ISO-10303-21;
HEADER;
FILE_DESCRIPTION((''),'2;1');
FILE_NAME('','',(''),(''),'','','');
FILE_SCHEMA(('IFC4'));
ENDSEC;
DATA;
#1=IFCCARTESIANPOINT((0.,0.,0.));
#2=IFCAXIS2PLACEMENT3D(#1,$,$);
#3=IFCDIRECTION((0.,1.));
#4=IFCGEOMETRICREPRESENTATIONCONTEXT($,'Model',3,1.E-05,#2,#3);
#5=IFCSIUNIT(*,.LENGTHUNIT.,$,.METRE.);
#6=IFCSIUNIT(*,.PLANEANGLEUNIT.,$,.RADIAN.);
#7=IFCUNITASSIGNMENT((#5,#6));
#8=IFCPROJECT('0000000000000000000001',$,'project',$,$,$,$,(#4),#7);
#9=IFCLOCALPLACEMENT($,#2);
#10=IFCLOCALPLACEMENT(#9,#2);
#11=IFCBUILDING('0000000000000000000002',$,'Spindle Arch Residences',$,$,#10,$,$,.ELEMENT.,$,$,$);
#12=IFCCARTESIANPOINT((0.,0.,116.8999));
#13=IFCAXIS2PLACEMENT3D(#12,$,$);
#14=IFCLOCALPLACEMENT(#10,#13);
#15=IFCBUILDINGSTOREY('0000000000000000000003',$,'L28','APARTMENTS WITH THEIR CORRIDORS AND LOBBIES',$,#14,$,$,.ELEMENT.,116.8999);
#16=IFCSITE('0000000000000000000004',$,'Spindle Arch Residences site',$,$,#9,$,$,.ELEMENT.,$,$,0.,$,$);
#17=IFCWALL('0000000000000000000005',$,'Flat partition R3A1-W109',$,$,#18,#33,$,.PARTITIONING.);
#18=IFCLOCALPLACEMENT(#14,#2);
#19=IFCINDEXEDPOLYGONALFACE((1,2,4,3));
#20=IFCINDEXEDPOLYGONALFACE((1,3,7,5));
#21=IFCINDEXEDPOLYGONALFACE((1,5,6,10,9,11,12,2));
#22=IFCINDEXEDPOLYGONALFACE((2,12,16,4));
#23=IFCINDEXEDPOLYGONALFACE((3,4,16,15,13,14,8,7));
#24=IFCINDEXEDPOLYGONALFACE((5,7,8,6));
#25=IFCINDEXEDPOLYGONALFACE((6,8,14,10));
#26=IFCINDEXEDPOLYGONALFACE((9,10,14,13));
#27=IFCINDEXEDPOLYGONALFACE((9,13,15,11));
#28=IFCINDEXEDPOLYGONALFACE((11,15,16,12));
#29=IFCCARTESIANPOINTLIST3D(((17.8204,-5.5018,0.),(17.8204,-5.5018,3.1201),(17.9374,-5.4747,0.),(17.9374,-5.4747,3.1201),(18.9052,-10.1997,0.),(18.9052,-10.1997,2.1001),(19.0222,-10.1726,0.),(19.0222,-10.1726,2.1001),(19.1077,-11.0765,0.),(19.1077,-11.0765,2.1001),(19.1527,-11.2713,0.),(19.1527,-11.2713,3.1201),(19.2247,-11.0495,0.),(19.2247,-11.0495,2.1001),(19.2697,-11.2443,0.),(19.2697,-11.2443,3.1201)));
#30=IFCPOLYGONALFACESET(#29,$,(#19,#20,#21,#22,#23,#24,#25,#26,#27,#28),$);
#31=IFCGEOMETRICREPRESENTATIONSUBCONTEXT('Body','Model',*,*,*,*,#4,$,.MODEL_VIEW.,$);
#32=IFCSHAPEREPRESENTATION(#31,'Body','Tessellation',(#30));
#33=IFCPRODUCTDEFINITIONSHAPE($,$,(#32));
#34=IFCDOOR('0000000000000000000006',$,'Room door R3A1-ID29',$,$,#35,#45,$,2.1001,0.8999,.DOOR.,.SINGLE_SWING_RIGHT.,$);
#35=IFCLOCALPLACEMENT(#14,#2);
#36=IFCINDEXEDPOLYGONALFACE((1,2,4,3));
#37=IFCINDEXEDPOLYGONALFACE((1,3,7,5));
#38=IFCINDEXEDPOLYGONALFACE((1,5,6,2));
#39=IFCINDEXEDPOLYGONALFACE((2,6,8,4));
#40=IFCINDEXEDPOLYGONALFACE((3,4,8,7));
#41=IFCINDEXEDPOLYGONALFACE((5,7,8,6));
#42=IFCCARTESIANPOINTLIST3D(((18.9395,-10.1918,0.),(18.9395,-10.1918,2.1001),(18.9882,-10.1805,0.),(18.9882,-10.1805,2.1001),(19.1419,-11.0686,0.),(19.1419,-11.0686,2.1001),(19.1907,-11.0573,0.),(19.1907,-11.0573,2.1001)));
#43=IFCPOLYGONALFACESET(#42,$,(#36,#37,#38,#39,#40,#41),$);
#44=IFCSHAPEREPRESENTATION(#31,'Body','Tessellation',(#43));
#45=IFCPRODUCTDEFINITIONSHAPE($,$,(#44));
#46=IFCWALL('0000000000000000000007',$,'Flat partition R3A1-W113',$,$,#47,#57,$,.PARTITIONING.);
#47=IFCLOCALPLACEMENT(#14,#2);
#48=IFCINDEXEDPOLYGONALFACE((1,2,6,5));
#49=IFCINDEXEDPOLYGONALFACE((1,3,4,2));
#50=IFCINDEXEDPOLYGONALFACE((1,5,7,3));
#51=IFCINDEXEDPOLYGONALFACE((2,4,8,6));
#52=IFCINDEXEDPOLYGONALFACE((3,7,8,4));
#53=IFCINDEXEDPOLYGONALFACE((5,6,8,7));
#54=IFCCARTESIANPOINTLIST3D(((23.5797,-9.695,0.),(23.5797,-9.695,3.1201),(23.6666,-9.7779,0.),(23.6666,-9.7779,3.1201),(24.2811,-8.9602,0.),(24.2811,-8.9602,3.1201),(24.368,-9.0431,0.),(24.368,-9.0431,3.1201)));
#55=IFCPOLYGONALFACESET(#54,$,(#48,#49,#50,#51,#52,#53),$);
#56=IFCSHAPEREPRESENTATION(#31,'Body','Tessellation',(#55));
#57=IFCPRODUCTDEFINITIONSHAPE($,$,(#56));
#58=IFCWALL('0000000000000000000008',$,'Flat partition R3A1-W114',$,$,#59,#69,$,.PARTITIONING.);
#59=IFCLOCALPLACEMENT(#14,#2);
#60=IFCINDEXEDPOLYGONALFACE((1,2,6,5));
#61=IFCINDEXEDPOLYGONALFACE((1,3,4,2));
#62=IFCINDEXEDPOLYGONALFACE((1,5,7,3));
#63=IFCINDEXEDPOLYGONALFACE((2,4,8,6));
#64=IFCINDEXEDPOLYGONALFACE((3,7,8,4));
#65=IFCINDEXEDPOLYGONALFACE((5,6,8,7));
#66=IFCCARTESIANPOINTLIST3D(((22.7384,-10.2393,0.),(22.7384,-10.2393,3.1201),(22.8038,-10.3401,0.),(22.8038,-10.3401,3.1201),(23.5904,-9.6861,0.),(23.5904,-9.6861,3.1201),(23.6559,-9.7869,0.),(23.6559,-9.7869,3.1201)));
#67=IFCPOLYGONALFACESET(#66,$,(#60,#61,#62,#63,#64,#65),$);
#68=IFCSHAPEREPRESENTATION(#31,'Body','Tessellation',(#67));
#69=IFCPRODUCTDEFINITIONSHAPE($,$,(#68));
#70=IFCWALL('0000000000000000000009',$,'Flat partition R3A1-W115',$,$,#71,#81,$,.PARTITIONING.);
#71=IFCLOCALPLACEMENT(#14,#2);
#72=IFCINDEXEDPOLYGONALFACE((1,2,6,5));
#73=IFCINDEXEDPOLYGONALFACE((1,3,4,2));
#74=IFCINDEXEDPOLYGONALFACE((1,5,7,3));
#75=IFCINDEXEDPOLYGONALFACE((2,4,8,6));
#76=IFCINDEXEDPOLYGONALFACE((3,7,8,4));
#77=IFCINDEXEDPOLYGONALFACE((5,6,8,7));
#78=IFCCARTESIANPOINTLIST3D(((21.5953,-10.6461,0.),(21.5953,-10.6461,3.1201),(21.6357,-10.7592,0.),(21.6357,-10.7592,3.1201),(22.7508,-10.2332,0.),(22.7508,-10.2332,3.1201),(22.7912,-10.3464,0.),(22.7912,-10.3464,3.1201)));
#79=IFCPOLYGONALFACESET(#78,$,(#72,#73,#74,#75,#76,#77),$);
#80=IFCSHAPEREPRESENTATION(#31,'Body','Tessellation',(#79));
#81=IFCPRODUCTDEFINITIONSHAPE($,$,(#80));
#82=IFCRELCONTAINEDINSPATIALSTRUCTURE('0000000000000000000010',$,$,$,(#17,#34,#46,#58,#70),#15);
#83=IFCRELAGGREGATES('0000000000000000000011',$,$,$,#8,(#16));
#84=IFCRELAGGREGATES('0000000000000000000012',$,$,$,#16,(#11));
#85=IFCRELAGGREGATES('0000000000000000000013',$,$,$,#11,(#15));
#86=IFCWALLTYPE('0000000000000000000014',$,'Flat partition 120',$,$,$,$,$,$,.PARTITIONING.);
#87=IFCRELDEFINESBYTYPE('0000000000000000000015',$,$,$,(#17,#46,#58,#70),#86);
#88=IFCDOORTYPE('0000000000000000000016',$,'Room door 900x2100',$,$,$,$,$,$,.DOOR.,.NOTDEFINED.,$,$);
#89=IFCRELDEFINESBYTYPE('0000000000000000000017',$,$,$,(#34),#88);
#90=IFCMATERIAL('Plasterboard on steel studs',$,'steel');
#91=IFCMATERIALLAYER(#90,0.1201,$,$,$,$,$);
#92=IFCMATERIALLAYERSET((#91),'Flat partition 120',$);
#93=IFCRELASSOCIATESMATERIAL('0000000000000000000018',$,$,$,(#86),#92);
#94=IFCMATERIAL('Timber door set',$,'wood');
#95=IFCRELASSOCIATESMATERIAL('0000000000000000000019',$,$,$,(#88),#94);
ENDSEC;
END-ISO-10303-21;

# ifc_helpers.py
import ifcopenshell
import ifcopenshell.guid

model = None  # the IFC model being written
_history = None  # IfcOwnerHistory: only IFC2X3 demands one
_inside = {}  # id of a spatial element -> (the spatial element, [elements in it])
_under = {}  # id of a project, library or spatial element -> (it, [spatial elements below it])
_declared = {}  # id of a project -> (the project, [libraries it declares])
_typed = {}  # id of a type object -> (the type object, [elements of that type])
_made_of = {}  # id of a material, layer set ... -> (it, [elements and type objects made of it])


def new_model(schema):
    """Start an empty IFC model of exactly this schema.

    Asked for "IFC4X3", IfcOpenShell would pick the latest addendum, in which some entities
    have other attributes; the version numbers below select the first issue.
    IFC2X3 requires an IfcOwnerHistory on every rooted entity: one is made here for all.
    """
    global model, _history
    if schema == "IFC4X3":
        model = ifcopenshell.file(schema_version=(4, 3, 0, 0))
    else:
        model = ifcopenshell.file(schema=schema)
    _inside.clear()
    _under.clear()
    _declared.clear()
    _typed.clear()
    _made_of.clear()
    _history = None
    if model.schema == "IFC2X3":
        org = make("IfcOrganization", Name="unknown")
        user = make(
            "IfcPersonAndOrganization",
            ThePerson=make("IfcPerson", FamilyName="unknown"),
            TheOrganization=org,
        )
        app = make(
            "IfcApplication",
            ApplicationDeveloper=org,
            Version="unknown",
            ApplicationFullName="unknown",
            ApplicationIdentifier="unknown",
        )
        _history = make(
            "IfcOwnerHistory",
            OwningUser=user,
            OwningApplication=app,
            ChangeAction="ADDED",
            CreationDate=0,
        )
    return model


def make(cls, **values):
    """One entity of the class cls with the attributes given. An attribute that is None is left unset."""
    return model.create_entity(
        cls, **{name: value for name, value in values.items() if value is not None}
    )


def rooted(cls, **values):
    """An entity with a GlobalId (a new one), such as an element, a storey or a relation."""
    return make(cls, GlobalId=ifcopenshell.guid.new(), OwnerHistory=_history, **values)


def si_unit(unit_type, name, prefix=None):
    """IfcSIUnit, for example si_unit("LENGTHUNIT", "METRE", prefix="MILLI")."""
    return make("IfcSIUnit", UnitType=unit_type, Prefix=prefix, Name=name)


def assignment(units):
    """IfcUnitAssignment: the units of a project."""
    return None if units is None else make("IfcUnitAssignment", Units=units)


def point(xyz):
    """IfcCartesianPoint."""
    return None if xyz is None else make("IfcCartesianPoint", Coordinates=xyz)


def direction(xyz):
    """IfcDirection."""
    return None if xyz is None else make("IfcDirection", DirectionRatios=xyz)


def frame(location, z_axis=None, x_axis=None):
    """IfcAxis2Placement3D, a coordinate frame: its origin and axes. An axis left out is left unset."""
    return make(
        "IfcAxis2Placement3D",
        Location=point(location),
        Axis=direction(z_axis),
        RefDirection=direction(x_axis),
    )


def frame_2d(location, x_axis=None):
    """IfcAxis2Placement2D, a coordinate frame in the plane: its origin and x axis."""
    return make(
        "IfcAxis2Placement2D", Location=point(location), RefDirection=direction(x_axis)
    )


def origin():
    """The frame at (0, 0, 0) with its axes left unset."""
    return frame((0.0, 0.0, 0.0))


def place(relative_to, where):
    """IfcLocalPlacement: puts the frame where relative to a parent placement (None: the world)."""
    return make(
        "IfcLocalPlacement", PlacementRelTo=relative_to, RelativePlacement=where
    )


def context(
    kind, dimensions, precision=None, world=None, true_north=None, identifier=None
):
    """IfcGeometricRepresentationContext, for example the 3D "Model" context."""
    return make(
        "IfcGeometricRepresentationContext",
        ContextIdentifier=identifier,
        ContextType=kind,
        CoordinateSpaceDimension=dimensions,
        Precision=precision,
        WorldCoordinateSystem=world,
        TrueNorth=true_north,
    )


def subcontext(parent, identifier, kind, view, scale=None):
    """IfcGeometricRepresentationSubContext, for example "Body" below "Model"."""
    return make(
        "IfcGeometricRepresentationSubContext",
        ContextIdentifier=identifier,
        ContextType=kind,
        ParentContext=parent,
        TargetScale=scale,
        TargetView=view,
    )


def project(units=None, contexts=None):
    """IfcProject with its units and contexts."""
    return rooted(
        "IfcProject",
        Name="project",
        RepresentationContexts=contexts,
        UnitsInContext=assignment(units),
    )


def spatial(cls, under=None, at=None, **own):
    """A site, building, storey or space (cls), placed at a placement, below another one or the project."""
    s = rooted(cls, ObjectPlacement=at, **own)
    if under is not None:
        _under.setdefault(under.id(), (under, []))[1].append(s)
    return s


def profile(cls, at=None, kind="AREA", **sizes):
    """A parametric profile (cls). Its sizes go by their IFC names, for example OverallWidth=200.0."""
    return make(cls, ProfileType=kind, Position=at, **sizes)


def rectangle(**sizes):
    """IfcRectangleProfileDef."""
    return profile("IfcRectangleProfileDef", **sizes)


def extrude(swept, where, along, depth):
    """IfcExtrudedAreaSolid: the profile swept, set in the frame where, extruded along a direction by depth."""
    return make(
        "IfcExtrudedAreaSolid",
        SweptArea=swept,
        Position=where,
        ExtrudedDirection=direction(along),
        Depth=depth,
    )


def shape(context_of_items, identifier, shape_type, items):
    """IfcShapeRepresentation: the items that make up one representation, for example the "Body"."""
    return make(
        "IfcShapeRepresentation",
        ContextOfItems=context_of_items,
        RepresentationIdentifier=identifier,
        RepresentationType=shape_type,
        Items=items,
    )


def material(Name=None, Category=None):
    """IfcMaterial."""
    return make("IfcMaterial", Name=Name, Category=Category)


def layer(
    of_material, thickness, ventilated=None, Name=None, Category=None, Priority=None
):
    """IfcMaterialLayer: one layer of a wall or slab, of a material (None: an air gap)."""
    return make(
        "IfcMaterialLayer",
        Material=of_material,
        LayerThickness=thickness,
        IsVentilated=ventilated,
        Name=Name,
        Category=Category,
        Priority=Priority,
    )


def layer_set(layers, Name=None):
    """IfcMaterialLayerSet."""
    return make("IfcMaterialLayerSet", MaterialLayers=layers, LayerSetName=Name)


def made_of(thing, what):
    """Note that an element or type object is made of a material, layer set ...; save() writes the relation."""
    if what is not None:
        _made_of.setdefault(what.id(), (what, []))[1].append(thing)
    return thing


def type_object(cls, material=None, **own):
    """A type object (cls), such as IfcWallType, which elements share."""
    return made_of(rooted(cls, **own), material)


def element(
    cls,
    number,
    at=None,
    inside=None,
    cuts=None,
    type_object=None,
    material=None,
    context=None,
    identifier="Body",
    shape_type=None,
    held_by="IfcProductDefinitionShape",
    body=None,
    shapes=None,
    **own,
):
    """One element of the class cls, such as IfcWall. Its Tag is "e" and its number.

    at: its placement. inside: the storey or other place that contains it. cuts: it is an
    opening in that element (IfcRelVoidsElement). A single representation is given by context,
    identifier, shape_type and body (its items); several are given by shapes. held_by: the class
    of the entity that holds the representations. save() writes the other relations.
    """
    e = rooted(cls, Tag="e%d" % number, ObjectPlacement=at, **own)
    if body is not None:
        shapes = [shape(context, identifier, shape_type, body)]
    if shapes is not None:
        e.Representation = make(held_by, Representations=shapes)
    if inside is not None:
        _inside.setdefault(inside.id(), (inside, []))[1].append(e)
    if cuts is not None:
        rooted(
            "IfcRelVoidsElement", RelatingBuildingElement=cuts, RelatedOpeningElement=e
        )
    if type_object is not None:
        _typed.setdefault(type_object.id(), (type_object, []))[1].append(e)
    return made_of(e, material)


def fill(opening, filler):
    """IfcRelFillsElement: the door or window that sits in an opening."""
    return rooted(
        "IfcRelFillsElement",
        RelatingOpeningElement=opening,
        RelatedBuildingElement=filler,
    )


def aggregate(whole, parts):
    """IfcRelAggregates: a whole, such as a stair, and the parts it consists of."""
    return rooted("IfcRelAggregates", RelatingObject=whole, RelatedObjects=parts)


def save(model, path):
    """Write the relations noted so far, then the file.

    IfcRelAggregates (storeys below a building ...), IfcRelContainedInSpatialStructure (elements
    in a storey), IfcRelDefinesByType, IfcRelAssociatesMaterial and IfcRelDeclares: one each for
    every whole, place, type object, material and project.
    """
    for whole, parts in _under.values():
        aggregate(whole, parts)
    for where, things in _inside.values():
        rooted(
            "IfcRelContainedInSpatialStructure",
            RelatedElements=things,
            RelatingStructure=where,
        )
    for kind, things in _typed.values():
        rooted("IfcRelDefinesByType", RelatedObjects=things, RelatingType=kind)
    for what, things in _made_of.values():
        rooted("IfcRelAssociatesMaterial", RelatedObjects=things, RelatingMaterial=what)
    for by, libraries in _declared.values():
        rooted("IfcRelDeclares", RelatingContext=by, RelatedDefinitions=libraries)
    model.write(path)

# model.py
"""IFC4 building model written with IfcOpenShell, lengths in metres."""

from ifc_helpers import new_model, si_unit, direction, frame, frame_2d, origin, place, context, subcontext, project, spatial, rectangle, extrude, material, layer, layer_set, type_object, element, fill, save


model = new_model("IFC4")

# Units and contexts
model_context = context("Model", 3, precision=1e-05, world=origin(), true_north=direction((0.0, 1.0)))
body_context = subcontext(model_context, "Body", "Model", "MODEL_VIEW")
ifc_project = project(units=[si_unit("LENGTHUNIT", "METRE"), si_unit("PLANEANGLEUNIT", "RADIAN")], contexts=[model_context])

# Site, building, storey
site_placement = place(None, origin())
site = spatial("IfcSite", under=ifc_project, at=site_placement, Name="Spindle Arch Residences site", CompositionType="ELEMENT", RefElevation=0.0)
building_placement = place(site_placement, origin())
building = spatial("IfcBuilding", under=site, at=building_placement, Name="Spindle Arch Residences", CompositionType="ELEMENT")
storey_placement = place(building_placement, frame((0.0, 0.0, 116.8999)))
storey = spatial("IfcBuildingStorey", under=building, at=storey_placement, Name="L28", Description="APARTMENTS WITH THEIR CORRIDORS AND LOBBIES", CompositionType="ELEMENT", Elevation=116.8999)

# Wall, opening, door
ifc_material_1 = material(Name="Plasterboard on steel studs", Category="steel")
ifc_layer_1 = layer(ifc_material_1, 0.1201)
ifc_layer_set_1 = layer_set([ifc_layer_1], Name="Flat partition 120")
wall_type = type_object("IfcWallType", Name="Flat partition 120", PredefinedType="PARTITIONING", material=ifc_layer_set_1)
wall_1_placement = place(storey_placement, frame((19.2112, -11.2578, 0.0), z_axis=(0.0, 0.0, 1.0), x_axis=(-0.224995, 0.97436, 0.0)))
wall_1 = element("IfcWall", 1, at=wall_1_placement, inside=storey, type_object=wall_type, Name="Flat partition R3A1-W109", PredefinedType="PARTITIONING", context=body_context, shape_type="SweptSolid", body=[
    extrude(rectangle(XDim=5.9214, YDim=0.1201, at=frame_2d((2.9607, 0.0))), origin(), (0.0, 0.0, 1.0), 3.1201),
])
opening_placement = place(wall_1_placement, frame((0.2, 0.0, 0.0)))
opening = element("IfcOpeningElement", 2, at=opening_placement, cuts=wall_1, PredefinedType="OPENING", context=body_context, shape_type="SweptSolid", body=[
    extrude(rectangle(XDim=0.8999, YDim=2.1001, at=frame_2d((0.45, 1.05))), frame((0.0, 0.0701, 0.0), z_axis=(0.0, -1.0, 0.0), x_axis=(1.0, 0.0, 0.0)), (0.0, 0.0, 1.0), 0.1401),
])
ifc_material_2 = material(Name="Timber door set", Category="wood")
door_type = type_object("IfcDoorType", Name="Room door 900x2100", OperationType="NOTDEFINED", PredefinedType="DOOR", material=ifc_material_2)
door_placement = place(opening_placement, origin())
door = element("IfcDoor", 3, at=door_placement, inside=storey, type_object=door_type, Name="Room door R3A1-ID29", OperationType="SINGLE_SWING_RIGHT", OverallHeight=2.1001, OverallWidth=0.8999, PredefinedType="DOOR", context=body_context, shape_type="SweptSolid", body=[
    extrude(rectangle(XDim=0.8999, YDim=2.1001, at=frame_2d((0.45, 1.05))), frame((0.0, 0.0249, 0.0), z_axis=(0.0, -1.0, 0.0), x_axis=(1.0, 0.0, 0.0)), (0.0, 0.0, 1.0), 0.05),
])
fill(opening, door)

# Walls
for number, where, z_axis, x_axis, name in (
    (4, (24.3245, -9.0017, 0.0), (0.0, 0.0, 1.0), (-0.690453, -0.723377, 0.0), "Flat partition R3A1-W113"),
    (5, (23.623, -9.7366, 0.0), (0.0, 0.0, 1.0), (-0.838718, -0.544566, 0.0), "Flat partition R3A1-W114"),
):
    element("IfcWall", number, at=place(storey_placement, frame(where, z_axis=z_axis, x_axis=x_axis)), inside=storey, type_object=wall_type, Name=name, PredefinedType="PARTITIONING", context=body_context, shape_type="SweptSolid", body=[
        extrude(rectangle(XDim=1.0159, YDim=0.1201, at=frame_2d((0.5078, 0.0))), origin(), (0.0, 0.0, 1.0), 3.1201),
    ])
wall_2_placement = place(storey_placement, frame((22.771, -10.2898, 0.0), z_axis=(0.0, 0.0, 1.0), x_axis=(-0.941701, -0.33645, 0.0)))
element("IfcWall", 6, at=wall_2_placement, inside=storey, type_object=wall_type, Name="Flat partition R3A1-W115", PredefinedType="PARTITIONING", context=body_context, shape_type="SweptSolid", body=[
    extrude(rectangle(XDim=1.2271, YDim=0.1201, at=frame_2d((0.6135, 0.0))), origin(), (0.0, 0.0, 1.0), 3.1201),
])

save(model, "model.ifc")
